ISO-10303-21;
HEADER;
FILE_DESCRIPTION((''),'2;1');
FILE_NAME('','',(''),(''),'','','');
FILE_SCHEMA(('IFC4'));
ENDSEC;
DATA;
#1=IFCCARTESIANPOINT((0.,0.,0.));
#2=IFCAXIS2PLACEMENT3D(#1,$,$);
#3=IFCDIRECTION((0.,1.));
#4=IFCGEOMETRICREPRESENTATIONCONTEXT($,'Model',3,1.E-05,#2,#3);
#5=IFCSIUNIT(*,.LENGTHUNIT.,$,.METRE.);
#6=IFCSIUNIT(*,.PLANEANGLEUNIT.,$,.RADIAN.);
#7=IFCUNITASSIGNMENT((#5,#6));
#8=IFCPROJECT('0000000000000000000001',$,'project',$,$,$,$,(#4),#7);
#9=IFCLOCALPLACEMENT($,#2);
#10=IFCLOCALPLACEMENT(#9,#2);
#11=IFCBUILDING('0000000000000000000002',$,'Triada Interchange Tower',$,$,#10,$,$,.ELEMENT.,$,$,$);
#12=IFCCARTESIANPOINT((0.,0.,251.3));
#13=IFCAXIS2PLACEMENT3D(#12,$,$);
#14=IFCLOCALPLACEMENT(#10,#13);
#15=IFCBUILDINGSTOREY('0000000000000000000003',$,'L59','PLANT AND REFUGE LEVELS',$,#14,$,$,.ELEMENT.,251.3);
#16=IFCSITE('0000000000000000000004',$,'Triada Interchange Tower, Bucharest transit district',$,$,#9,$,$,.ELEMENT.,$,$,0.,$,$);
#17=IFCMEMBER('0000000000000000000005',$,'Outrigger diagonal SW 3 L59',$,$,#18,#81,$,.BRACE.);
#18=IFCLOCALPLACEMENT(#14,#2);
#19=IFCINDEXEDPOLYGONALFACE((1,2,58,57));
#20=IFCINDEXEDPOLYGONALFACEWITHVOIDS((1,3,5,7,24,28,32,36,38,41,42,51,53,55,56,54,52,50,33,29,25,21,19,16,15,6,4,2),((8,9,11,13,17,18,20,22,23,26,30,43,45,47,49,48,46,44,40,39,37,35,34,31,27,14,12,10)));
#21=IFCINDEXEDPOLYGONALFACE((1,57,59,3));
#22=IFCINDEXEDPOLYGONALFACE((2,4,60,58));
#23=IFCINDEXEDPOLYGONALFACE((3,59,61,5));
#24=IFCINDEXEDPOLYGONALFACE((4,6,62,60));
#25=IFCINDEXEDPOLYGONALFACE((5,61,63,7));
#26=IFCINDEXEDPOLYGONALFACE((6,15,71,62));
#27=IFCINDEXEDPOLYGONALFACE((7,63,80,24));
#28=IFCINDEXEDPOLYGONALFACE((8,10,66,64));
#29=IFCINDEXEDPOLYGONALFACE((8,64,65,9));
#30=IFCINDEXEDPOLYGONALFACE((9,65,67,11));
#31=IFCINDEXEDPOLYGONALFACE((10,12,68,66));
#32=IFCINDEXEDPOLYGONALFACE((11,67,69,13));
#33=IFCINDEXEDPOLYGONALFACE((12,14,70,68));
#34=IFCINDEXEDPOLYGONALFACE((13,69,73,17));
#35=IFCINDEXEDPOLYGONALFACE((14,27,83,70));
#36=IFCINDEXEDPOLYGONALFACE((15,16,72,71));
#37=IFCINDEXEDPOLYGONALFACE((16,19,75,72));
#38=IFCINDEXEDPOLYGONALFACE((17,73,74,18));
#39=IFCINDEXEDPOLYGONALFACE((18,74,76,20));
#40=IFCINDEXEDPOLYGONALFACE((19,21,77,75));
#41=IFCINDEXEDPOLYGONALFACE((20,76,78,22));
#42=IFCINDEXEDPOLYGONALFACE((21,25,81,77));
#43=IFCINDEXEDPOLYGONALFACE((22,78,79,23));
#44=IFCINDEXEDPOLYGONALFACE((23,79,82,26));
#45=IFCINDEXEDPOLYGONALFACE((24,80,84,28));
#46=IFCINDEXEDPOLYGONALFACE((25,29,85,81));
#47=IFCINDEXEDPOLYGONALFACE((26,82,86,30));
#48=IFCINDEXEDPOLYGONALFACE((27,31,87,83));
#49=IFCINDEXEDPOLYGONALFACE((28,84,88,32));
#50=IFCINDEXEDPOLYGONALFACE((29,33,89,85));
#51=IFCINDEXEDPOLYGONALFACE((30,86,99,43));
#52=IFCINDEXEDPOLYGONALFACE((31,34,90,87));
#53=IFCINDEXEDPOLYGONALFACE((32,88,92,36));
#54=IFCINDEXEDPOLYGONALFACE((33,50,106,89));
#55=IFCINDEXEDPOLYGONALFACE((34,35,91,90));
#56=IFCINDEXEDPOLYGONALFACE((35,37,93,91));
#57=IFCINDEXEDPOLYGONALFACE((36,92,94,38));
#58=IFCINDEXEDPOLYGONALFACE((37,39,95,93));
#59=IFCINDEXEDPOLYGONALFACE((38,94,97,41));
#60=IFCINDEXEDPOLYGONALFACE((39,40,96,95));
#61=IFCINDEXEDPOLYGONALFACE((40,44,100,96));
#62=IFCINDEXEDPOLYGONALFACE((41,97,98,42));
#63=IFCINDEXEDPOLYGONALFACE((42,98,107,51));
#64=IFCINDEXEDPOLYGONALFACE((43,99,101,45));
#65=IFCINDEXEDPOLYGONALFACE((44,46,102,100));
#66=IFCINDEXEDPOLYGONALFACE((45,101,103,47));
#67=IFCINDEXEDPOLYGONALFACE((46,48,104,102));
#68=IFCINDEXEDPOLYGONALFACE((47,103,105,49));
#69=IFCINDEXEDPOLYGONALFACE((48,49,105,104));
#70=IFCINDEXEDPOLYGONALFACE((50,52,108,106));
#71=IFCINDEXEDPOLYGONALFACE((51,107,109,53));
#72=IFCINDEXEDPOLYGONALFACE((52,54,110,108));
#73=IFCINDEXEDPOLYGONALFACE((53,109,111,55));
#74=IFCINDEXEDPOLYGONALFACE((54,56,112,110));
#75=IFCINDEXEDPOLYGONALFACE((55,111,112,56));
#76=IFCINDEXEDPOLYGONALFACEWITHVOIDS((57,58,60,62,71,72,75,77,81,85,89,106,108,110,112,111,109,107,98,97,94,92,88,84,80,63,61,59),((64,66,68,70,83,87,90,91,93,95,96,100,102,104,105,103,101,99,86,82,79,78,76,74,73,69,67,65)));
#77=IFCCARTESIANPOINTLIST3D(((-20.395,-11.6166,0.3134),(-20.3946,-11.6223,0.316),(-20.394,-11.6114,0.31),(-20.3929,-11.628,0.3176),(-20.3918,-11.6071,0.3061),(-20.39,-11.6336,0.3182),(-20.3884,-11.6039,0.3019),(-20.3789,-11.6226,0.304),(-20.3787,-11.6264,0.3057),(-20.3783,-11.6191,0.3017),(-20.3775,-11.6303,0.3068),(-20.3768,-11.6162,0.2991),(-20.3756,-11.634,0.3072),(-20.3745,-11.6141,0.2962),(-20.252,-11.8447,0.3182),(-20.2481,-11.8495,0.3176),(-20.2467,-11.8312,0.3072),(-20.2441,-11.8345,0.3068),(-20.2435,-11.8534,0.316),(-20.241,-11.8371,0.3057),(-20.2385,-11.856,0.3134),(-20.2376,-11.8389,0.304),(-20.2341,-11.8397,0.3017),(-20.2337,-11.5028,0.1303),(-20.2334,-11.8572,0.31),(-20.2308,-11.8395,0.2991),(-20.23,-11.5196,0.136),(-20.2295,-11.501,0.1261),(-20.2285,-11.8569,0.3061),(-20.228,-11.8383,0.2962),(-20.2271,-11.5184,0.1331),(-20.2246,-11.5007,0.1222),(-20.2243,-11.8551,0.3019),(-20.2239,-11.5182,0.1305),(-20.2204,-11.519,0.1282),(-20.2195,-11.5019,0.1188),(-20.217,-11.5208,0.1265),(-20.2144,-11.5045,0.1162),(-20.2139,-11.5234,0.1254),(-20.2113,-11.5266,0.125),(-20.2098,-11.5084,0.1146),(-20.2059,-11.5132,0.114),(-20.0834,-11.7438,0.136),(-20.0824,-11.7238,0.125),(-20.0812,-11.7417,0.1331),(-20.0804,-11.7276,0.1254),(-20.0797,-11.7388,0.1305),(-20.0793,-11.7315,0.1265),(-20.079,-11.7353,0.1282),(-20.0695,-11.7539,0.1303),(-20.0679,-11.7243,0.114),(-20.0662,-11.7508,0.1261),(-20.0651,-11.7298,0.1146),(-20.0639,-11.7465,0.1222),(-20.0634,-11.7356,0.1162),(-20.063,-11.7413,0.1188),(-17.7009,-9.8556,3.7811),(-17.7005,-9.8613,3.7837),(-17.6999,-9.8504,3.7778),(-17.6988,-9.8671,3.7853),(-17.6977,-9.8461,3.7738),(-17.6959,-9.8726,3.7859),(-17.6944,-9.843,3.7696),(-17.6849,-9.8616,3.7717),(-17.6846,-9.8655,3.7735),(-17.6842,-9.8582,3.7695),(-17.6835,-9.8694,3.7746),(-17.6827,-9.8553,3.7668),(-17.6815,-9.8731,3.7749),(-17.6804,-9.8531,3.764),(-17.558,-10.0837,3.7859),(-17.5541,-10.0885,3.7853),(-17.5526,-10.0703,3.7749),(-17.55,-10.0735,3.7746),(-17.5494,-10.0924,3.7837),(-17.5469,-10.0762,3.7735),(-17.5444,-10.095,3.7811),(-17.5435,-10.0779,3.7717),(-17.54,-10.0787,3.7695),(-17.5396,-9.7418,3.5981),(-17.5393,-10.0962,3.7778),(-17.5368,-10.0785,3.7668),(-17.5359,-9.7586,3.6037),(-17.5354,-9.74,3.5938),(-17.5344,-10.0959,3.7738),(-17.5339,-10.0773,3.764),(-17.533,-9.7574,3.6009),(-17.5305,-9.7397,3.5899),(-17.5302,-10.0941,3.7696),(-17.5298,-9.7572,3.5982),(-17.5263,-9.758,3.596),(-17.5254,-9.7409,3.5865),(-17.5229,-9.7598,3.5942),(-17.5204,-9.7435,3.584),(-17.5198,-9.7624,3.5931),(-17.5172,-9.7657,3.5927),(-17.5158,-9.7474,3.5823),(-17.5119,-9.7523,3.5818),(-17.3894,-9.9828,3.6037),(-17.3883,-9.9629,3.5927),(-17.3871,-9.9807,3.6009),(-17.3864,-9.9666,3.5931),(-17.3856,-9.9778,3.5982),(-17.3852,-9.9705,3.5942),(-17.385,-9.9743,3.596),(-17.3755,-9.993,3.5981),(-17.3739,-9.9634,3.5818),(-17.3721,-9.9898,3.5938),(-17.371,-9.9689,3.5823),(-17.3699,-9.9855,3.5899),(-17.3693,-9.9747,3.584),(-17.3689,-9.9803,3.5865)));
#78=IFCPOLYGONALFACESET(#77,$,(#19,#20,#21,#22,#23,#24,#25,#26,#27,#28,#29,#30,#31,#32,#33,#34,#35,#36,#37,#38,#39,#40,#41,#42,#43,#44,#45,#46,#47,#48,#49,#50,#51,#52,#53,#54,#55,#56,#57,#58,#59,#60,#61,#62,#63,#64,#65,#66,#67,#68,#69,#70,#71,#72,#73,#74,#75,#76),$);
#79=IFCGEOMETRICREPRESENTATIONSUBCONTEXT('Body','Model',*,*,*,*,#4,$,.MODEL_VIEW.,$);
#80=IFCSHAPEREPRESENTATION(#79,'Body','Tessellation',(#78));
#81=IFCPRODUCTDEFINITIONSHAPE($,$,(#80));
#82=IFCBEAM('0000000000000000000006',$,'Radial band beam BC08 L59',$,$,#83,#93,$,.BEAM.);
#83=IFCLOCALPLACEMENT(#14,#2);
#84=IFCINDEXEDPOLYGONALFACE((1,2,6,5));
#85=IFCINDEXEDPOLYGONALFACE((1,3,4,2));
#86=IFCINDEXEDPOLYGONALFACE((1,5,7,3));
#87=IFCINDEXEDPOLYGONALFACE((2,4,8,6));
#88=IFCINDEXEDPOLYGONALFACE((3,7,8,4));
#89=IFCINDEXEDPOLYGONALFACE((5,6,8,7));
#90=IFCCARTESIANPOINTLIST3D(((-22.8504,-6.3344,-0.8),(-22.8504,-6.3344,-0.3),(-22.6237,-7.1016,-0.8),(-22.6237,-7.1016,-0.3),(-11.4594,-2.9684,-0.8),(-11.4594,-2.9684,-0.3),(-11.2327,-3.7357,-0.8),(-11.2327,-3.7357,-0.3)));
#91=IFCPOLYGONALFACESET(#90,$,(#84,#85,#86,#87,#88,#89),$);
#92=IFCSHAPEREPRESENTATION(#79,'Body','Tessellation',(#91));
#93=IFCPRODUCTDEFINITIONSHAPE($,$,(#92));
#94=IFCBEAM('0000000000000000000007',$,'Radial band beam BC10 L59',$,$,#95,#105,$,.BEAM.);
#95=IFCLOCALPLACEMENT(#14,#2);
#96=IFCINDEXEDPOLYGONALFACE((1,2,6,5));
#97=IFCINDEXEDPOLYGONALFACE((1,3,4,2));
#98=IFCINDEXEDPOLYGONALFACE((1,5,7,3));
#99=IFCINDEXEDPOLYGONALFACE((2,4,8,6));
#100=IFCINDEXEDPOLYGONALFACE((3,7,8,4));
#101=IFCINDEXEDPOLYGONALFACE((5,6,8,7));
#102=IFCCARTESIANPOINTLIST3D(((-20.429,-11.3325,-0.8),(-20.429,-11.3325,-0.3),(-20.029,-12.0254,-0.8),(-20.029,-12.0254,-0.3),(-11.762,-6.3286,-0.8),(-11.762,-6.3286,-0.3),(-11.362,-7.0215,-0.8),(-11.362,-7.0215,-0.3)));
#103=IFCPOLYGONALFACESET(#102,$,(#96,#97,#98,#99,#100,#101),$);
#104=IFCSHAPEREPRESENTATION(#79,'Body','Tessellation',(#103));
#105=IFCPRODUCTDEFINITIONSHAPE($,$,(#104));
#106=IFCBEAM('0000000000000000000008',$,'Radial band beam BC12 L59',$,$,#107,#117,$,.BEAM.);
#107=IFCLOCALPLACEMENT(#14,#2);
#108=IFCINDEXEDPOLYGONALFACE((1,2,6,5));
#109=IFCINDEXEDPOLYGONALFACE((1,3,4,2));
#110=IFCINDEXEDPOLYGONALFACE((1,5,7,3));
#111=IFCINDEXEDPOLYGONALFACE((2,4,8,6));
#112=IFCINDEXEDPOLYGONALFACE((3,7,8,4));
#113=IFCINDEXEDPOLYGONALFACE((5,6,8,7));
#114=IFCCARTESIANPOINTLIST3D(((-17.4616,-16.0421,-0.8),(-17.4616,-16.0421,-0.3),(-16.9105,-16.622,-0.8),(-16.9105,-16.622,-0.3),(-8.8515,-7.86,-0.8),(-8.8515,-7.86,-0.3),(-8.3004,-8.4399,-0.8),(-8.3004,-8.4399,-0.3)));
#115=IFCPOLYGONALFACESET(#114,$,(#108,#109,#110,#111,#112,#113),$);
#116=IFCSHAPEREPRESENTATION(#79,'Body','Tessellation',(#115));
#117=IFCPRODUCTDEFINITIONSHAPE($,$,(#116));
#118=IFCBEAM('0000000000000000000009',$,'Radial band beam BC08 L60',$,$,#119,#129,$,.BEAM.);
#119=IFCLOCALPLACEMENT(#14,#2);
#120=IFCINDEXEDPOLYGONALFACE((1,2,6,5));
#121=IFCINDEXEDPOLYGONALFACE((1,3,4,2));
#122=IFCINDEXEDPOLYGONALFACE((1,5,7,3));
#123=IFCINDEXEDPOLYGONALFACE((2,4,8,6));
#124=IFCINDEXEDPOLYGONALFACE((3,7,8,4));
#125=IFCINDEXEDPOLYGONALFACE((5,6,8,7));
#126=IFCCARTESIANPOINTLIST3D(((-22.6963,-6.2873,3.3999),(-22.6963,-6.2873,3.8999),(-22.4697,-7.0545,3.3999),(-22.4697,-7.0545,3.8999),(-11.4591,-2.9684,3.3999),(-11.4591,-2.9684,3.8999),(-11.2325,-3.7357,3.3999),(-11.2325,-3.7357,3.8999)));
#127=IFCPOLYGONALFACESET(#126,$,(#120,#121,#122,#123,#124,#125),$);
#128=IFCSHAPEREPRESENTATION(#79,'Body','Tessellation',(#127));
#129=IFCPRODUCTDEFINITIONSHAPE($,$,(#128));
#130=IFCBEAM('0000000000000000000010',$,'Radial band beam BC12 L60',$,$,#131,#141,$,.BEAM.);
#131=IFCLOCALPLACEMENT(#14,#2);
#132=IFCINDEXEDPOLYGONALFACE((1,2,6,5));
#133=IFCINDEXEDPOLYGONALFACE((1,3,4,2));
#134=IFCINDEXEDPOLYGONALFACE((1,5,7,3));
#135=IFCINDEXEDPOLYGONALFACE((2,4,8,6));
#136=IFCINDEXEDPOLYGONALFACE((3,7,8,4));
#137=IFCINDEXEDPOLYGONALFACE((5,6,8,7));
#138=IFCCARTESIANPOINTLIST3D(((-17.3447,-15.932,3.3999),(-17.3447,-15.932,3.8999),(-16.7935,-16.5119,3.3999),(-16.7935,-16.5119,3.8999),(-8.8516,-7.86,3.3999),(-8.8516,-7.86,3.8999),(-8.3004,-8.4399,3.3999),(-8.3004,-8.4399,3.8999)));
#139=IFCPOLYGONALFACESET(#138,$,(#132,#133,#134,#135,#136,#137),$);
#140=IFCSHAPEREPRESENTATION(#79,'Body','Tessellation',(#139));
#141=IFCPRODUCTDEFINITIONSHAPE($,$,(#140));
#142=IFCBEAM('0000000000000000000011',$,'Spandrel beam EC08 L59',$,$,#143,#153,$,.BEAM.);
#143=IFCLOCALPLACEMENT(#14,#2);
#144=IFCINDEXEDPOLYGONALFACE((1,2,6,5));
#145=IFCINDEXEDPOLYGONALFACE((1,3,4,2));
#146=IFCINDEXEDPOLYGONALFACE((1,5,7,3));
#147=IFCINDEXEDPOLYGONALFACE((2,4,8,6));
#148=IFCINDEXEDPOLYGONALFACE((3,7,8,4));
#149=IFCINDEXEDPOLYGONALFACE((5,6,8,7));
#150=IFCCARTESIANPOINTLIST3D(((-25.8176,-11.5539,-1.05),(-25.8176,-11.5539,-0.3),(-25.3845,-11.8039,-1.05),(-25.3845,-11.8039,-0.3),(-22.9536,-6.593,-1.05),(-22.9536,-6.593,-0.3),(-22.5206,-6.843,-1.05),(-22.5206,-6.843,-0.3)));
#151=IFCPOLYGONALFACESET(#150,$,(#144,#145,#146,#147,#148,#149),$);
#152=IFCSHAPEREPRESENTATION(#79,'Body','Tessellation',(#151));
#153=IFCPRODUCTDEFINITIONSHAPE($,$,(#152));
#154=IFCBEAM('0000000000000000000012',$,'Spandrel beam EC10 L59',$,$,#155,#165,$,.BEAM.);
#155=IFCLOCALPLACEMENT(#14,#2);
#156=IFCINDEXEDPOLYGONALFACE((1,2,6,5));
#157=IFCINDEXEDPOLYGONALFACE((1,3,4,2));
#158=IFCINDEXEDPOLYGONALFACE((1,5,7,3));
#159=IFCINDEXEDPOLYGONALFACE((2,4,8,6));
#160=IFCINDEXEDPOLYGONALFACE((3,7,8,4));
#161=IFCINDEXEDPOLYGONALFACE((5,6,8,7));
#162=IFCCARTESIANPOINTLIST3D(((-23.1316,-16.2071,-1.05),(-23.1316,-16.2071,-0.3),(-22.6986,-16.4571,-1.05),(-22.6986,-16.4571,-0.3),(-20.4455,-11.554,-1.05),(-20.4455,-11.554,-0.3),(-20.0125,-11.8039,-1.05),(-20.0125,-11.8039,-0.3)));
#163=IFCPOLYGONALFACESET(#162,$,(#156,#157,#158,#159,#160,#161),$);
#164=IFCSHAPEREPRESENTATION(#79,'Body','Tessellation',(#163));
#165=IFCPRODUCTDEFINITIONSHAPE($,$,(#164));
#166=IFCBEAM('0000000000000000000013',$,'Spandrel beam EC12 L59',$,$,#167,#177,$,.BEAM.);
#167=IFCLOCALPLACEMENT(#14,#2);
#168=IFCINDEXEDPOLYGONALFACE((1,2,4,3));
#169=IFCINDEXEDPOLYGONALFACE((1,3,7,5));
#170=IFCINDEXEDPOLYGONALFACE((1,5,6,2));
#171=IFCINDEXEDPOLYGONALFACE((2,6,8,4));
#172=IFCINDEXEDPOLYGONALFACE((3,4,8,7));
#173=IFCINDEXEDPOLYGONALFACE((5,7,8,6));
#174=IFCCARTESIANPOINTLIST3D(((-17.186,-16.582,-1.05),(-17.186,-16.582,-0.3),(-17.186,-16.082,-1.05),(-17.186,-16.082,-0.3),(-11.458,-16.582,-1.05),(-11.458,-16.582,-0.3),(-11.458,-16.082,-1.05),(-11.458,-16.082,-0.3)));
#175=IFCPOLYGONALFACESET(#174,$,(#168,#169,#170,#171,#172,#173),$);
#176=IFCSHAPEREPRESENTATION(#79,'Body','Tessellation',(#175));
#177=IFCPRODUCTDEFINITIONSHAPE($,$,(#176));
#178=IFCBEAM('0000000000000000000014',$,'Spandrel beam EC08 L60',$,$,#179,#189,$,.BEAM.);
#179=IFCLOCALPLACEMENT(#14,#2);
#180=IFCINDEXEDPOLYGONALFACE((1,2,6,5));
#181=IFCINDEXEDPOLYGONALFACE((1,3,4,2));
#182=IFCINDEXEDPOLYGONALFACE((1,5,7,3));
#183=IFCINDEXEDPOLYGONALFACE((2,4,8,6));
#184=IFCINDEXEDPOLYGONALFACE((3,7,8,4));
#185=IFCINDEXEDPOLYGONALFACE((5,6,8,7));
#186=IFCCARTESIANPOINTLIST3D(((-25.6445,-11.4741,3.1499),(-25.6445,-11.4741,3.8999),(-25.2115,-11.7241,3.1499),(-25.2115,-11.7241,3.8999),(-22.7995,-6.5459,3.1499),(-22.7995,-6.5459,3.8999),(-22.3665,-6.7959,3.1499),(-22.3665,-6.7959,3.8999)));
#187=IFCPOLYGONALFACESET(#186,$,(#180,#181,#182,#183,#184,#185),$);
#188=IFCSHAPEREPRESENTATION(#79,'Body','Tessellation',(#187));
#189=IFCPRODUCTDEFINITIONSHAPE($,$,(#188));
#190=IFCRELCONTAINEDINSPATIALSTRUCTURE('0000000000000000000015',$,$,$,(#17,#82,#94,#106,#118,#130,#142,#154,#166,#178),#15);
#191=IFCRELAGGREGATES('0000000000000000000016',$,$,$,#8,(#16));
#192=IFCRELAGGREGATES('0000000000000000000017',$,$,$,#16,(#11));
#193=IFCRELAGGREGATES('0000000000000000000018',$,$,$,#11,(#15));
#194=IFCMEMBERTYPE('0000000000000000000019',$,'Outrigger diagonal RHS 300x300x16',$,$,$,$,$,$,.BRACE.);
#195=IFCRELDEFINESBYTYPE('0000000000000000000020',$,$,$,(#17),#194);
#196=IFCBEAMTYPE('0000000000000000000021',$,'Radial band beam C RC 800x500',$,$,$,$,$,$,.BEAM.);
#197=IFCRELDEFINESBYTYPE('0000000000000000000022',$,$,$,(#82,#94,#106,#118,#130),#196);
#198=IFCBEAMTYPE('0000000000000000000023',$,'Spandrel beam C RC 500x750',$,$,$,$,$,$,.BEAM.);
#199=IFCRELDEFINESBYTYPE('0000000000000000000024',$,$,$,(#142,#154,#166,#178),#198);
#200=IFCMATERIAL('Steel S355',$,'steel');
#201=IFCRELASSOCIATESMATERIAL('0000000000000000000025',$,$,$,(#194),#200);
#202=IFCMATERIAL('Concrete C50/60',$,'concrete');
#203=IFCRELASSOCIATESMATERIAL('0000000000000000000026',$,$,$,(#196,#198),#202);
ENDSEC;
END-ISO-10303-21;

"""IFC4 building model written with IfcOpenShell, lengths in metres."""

from ifc_helpers import new_model, si_unit, direction, frame, origin, origin_2d, place, context, subcontext, project, spatial, rectangle, hollow_rectangle, extrude, material, material_profile, profile_set, type_object, element, save


model = new_model("IFC4")

# Units and contexts
model_context = context("Model", 3, precision=1e-05, world=origin(), true_north=direction((0.0, 1.0)))
body_context = subcontext(model_context, "Body", "Model", "MODEL_VIEW")
ifc_project = project(units=[si_unit("LENGTHUNIT", "METRE"), si_unit("PLANEANGLEUNIT", "RADIAN")], contexts=[model_context])

# Site, building, storey
site_placement = place(None, origin())
site = spatial("IfcSite", under=ifc_project, at=site_placement, Name="Triada Interchange Tower, Bucharest transit district", CompositionType="ELEMENT", RefElevation=0.0)
building_placement = place(site_placement, origin())
building = spatial("IfcBuilding", under=site, at=building_placement, Name="Triada Interchange Tower", CompositionType="ELEMENT")
storey_placement = place(building_placement, frame((0.0, 0.0, 251.3)))
storey = spatial("IfcBuildingStorey", under=building, at=storey_placement, Name="L59", Description="PLANT AND REFUGE LEVELS", CompositionType="ELEMENT", Elevation=251.3)

# Shared definitions
ifc_material_1 = material(Name="Concrete C50/60", Category="concrete")

# Member
ifc_material_2 = material(Name="Steel S355", Category="steel")
ifc_material_profile_1 = material_profile(ifc_material_2, hollow_rectangle(XDim=0.3, YDim=0.3, WallThickness=0.0161, InnerFilletRadius=0.0161, OuterFilletRadius=0.0239, at=origin_2d()), Name="RHS 300x300x16")
ifc_profile_set_1 = profile_set([ifc_material_profile_1], Name="Steel S355")
member_type_1 = type_object("IfcMemberType", Name="Outrigger diagonal RHS 300x300x16", PredefinedType="BRACE", material=ifc_profile_set_1)
for number, where, z_axis, x_axis, name in (
    (1, (-17.5349, -9.918, 3.6838), (-0.569426, -0.372204, -0.732952), (0.547133, -0.837046, 0.0), "Outrigger diagonal SW 3 L59"),
):
    element("IfcMember", number, at=place(storey_placement, frame(where, z_axis=z_axis, x_axis=x_axis)), inside=storey, type_object=member_type_1, Name=name, PredefinedType="BRACE", context=body_context, shape_type="SweptSolid", body=[
        extrude(hollow_rectangle(XDim=0.3, YDim=0.3, WallThickness=0.0161, InnerFilletRadius=0.0161, OuterFilletRadius=0.0239, at=origin_2d()), origin(), (0.0, 0.0, 1.0), 4.7312),
    ])

# Beams
ifc_material_profile_2 = material_profile(ifc_material_1, rectangle(XDim=0.8, YDim=0.5, at=origin_2d()), Name="RC 800x500")
ifc_profile_set_2 = profile_set([ifc_material_profile_2], Name="Concrete C50/60")
beam_type_1 = type_object("IfcBeamType", Name="Radial band beam C RC 800x500", PredefinedType="BEAM", material=ifc_profile_set_2)
beam_1_placement = place(storey_placement, frame((-22.7371, -6.718, -0.55), z_axis=(0.959008, 0.283378, 0.0), x_axis=(-0.283378, 0.959008, 0.0)))
element("IfcBeam", 2, at=beam_1_placement, inside=storey, type_object=beam_type_1, Name="Radial band beam BC08 L59", PredefinedType="BEAM", context=body_context, shape_type="SweptSolid", body=[
    extrude(rectangle(XDim=0.8, YDim=0.5, at=origin_2d()), origin(), (0.0, 0.0, 1.0), 11.8779),
])
beam_2_placement = place(storey_placement, frame((-20.229, -11.679, -0.55), z_axis=(0.866025, 0.500001, 0.0), x_axis=(-0.500001, 0.866025, 0.0)))
element("IfcBeam", 3, at=beam_2_placement, inside=storey, type_object=beam_type_1, Name="Radial band beam BC10 L59", PredefinedType="BEAM", context=body_context, shape_type="SweptSolid", body=[
    extrude(rectangle(XDim=0.8, YDim=0.5, at=origin_2d()), origin(), (0.0, 0.0, 1.0), 10.0078),
])
beam_3_placement = place(storey_placement, frame((-17.186, -16.332, -0.55), z_axis=(0.724893, 0.688861, 0.0), x_axis=(-0.688861, 0.724893, 0.0)))
element("IfcBeam", 4, at=beam_3_placement, inside=storey, type_object=beam_type_1, Name="Radial band beam BC12 L59", PredefinedType="BEAM", context=body_context, shape_type="SweptSolid", body=[
    extrude(rectangle(XDim=0.8, YDim=0.5, at=origin_2d()), origin(), (0.0, 0.0, 1.0), 11.8777),
])
for number, where, z_axis, x_axis, name in (
    (5, (-22.583, -6.6709, 3.6499), (0.959045, 0.283252, 0.0), (-0.283252, 0.959045, 0.0), "Radial band beam BC08 L60"),
    (6, (-17.0691, -16.2219, 3.6499), (0.72485, 0.688907, 0.0), (-0.688907, 0.72485, 0.0), "Radial band beam BC12 L60"),
):
    element("IfcBeam", number, at=place(storey_placement, frame(where, z_axis=z_axis, x_axis=x_axis)), inside=storey, type_object=beam_type_1, Name=name, PredefinedType="BEAM", context=body_context, shape_type="SweptSolid", body=[
        extrude(rectangle(XDim=0.8, YDim=0.5, at=origin_2d()), origin(), (0.0, 0.0, 1.0), 11.717),
    ])
ifc_material_profile_3 = material_profile(ifc_material_1, rectangle(XDim=0.5, YDim=0.75, at=origin_2d()), Name="RC 500x750")
ifc_profile_set_3 = profile_set([ifc_material_profile_3], Name="Concrete C50/60")
beam_type_2 = type_object("IfcBeamType", Name="Spandrel beam C RC 500x750", PredefinedType="BEAM", material=ifc_profile_set_3)
beam_4_placement = place(storey_placement, frame((-22.7371, -6.718, -0.675), z_axis=(-0.499976, -0.866039, 0.0), x_axis=(0.866039, -0.499976, 0.0)))
element("IfcBeam", 7, at=beam_4_placement, inside=storey, type_object=beam_type_2, Name="Spandrel beam EC08 L59", PredefinedType="BEAM", context=body_context, shape_type="SweptSolid", body=[
    extrude(rectangle(XDim=0.5, YDim=0.75, at=origin_2d()), origin(), (0.0, 0.0, 1.0), 5.7283),
])
beam_5_placement = place(storey_placement, frame((-20.229, -11.679, -0.675), z_axis=(-0.499941, -0.866059, 0.0), x_axis=(0.866059, -0.499941, 0.0)))
element("IfcBeam", 8, at=beam_5_placement, inside=storey, type_object=beam_type_2, Name="Spandrel beam EC10 L59", PredefinedType="BEAM", context=body_context, shape_type="SweptSolid", body=[
    extrude(rectangle(XDim=0.5, YDim=0.75, at=origin_2d()), origin(), (0.0, 0.0, 1.0), 5.3728),
])
beam_6_placement = place(storey_placement, frame((-17.186, -16.332, -0.675), z_axis=(1.0, 0.0, 0.0), x_axis=(0.0, 1.0, 0.0)))
element("IfcBeam", 9, at=beam_6_placement, inside=storey, type_object=beam_type_2, Name="Spandrel beam EC12 L59", PredefinedType="BEAM", context=body_context, shape_type="SweptSolid", body=[
    extrude(rectangle(XDim=0.5, YDim=0.75, at=origin_2d()), origin(), (0.0, 0.0, 1.0), 5.728),
])
beam_7_placement = place(storey_placement, frame((-22.583, -6.6709, 3.5249), z_axis=(-0.499955, -0.866051, 0.0), x_axis=(0.866051, -0.499955, 0.0)))
element("IfcBeam", 10, at=beam_7_placement, inside=storey, type_object=beam_type_2, Name="Spandrel beam EC08 L60", PredefinedType="BEAM", context=body_context, shape_type="SweptSolid", body=[
    extrude(rectangle(XDim=0.5, YDim=0.75, at=origin_2d()), origin(), (0.0, 0.0, 1.0), 5.6904),
])

save(model, "model.ifc")
